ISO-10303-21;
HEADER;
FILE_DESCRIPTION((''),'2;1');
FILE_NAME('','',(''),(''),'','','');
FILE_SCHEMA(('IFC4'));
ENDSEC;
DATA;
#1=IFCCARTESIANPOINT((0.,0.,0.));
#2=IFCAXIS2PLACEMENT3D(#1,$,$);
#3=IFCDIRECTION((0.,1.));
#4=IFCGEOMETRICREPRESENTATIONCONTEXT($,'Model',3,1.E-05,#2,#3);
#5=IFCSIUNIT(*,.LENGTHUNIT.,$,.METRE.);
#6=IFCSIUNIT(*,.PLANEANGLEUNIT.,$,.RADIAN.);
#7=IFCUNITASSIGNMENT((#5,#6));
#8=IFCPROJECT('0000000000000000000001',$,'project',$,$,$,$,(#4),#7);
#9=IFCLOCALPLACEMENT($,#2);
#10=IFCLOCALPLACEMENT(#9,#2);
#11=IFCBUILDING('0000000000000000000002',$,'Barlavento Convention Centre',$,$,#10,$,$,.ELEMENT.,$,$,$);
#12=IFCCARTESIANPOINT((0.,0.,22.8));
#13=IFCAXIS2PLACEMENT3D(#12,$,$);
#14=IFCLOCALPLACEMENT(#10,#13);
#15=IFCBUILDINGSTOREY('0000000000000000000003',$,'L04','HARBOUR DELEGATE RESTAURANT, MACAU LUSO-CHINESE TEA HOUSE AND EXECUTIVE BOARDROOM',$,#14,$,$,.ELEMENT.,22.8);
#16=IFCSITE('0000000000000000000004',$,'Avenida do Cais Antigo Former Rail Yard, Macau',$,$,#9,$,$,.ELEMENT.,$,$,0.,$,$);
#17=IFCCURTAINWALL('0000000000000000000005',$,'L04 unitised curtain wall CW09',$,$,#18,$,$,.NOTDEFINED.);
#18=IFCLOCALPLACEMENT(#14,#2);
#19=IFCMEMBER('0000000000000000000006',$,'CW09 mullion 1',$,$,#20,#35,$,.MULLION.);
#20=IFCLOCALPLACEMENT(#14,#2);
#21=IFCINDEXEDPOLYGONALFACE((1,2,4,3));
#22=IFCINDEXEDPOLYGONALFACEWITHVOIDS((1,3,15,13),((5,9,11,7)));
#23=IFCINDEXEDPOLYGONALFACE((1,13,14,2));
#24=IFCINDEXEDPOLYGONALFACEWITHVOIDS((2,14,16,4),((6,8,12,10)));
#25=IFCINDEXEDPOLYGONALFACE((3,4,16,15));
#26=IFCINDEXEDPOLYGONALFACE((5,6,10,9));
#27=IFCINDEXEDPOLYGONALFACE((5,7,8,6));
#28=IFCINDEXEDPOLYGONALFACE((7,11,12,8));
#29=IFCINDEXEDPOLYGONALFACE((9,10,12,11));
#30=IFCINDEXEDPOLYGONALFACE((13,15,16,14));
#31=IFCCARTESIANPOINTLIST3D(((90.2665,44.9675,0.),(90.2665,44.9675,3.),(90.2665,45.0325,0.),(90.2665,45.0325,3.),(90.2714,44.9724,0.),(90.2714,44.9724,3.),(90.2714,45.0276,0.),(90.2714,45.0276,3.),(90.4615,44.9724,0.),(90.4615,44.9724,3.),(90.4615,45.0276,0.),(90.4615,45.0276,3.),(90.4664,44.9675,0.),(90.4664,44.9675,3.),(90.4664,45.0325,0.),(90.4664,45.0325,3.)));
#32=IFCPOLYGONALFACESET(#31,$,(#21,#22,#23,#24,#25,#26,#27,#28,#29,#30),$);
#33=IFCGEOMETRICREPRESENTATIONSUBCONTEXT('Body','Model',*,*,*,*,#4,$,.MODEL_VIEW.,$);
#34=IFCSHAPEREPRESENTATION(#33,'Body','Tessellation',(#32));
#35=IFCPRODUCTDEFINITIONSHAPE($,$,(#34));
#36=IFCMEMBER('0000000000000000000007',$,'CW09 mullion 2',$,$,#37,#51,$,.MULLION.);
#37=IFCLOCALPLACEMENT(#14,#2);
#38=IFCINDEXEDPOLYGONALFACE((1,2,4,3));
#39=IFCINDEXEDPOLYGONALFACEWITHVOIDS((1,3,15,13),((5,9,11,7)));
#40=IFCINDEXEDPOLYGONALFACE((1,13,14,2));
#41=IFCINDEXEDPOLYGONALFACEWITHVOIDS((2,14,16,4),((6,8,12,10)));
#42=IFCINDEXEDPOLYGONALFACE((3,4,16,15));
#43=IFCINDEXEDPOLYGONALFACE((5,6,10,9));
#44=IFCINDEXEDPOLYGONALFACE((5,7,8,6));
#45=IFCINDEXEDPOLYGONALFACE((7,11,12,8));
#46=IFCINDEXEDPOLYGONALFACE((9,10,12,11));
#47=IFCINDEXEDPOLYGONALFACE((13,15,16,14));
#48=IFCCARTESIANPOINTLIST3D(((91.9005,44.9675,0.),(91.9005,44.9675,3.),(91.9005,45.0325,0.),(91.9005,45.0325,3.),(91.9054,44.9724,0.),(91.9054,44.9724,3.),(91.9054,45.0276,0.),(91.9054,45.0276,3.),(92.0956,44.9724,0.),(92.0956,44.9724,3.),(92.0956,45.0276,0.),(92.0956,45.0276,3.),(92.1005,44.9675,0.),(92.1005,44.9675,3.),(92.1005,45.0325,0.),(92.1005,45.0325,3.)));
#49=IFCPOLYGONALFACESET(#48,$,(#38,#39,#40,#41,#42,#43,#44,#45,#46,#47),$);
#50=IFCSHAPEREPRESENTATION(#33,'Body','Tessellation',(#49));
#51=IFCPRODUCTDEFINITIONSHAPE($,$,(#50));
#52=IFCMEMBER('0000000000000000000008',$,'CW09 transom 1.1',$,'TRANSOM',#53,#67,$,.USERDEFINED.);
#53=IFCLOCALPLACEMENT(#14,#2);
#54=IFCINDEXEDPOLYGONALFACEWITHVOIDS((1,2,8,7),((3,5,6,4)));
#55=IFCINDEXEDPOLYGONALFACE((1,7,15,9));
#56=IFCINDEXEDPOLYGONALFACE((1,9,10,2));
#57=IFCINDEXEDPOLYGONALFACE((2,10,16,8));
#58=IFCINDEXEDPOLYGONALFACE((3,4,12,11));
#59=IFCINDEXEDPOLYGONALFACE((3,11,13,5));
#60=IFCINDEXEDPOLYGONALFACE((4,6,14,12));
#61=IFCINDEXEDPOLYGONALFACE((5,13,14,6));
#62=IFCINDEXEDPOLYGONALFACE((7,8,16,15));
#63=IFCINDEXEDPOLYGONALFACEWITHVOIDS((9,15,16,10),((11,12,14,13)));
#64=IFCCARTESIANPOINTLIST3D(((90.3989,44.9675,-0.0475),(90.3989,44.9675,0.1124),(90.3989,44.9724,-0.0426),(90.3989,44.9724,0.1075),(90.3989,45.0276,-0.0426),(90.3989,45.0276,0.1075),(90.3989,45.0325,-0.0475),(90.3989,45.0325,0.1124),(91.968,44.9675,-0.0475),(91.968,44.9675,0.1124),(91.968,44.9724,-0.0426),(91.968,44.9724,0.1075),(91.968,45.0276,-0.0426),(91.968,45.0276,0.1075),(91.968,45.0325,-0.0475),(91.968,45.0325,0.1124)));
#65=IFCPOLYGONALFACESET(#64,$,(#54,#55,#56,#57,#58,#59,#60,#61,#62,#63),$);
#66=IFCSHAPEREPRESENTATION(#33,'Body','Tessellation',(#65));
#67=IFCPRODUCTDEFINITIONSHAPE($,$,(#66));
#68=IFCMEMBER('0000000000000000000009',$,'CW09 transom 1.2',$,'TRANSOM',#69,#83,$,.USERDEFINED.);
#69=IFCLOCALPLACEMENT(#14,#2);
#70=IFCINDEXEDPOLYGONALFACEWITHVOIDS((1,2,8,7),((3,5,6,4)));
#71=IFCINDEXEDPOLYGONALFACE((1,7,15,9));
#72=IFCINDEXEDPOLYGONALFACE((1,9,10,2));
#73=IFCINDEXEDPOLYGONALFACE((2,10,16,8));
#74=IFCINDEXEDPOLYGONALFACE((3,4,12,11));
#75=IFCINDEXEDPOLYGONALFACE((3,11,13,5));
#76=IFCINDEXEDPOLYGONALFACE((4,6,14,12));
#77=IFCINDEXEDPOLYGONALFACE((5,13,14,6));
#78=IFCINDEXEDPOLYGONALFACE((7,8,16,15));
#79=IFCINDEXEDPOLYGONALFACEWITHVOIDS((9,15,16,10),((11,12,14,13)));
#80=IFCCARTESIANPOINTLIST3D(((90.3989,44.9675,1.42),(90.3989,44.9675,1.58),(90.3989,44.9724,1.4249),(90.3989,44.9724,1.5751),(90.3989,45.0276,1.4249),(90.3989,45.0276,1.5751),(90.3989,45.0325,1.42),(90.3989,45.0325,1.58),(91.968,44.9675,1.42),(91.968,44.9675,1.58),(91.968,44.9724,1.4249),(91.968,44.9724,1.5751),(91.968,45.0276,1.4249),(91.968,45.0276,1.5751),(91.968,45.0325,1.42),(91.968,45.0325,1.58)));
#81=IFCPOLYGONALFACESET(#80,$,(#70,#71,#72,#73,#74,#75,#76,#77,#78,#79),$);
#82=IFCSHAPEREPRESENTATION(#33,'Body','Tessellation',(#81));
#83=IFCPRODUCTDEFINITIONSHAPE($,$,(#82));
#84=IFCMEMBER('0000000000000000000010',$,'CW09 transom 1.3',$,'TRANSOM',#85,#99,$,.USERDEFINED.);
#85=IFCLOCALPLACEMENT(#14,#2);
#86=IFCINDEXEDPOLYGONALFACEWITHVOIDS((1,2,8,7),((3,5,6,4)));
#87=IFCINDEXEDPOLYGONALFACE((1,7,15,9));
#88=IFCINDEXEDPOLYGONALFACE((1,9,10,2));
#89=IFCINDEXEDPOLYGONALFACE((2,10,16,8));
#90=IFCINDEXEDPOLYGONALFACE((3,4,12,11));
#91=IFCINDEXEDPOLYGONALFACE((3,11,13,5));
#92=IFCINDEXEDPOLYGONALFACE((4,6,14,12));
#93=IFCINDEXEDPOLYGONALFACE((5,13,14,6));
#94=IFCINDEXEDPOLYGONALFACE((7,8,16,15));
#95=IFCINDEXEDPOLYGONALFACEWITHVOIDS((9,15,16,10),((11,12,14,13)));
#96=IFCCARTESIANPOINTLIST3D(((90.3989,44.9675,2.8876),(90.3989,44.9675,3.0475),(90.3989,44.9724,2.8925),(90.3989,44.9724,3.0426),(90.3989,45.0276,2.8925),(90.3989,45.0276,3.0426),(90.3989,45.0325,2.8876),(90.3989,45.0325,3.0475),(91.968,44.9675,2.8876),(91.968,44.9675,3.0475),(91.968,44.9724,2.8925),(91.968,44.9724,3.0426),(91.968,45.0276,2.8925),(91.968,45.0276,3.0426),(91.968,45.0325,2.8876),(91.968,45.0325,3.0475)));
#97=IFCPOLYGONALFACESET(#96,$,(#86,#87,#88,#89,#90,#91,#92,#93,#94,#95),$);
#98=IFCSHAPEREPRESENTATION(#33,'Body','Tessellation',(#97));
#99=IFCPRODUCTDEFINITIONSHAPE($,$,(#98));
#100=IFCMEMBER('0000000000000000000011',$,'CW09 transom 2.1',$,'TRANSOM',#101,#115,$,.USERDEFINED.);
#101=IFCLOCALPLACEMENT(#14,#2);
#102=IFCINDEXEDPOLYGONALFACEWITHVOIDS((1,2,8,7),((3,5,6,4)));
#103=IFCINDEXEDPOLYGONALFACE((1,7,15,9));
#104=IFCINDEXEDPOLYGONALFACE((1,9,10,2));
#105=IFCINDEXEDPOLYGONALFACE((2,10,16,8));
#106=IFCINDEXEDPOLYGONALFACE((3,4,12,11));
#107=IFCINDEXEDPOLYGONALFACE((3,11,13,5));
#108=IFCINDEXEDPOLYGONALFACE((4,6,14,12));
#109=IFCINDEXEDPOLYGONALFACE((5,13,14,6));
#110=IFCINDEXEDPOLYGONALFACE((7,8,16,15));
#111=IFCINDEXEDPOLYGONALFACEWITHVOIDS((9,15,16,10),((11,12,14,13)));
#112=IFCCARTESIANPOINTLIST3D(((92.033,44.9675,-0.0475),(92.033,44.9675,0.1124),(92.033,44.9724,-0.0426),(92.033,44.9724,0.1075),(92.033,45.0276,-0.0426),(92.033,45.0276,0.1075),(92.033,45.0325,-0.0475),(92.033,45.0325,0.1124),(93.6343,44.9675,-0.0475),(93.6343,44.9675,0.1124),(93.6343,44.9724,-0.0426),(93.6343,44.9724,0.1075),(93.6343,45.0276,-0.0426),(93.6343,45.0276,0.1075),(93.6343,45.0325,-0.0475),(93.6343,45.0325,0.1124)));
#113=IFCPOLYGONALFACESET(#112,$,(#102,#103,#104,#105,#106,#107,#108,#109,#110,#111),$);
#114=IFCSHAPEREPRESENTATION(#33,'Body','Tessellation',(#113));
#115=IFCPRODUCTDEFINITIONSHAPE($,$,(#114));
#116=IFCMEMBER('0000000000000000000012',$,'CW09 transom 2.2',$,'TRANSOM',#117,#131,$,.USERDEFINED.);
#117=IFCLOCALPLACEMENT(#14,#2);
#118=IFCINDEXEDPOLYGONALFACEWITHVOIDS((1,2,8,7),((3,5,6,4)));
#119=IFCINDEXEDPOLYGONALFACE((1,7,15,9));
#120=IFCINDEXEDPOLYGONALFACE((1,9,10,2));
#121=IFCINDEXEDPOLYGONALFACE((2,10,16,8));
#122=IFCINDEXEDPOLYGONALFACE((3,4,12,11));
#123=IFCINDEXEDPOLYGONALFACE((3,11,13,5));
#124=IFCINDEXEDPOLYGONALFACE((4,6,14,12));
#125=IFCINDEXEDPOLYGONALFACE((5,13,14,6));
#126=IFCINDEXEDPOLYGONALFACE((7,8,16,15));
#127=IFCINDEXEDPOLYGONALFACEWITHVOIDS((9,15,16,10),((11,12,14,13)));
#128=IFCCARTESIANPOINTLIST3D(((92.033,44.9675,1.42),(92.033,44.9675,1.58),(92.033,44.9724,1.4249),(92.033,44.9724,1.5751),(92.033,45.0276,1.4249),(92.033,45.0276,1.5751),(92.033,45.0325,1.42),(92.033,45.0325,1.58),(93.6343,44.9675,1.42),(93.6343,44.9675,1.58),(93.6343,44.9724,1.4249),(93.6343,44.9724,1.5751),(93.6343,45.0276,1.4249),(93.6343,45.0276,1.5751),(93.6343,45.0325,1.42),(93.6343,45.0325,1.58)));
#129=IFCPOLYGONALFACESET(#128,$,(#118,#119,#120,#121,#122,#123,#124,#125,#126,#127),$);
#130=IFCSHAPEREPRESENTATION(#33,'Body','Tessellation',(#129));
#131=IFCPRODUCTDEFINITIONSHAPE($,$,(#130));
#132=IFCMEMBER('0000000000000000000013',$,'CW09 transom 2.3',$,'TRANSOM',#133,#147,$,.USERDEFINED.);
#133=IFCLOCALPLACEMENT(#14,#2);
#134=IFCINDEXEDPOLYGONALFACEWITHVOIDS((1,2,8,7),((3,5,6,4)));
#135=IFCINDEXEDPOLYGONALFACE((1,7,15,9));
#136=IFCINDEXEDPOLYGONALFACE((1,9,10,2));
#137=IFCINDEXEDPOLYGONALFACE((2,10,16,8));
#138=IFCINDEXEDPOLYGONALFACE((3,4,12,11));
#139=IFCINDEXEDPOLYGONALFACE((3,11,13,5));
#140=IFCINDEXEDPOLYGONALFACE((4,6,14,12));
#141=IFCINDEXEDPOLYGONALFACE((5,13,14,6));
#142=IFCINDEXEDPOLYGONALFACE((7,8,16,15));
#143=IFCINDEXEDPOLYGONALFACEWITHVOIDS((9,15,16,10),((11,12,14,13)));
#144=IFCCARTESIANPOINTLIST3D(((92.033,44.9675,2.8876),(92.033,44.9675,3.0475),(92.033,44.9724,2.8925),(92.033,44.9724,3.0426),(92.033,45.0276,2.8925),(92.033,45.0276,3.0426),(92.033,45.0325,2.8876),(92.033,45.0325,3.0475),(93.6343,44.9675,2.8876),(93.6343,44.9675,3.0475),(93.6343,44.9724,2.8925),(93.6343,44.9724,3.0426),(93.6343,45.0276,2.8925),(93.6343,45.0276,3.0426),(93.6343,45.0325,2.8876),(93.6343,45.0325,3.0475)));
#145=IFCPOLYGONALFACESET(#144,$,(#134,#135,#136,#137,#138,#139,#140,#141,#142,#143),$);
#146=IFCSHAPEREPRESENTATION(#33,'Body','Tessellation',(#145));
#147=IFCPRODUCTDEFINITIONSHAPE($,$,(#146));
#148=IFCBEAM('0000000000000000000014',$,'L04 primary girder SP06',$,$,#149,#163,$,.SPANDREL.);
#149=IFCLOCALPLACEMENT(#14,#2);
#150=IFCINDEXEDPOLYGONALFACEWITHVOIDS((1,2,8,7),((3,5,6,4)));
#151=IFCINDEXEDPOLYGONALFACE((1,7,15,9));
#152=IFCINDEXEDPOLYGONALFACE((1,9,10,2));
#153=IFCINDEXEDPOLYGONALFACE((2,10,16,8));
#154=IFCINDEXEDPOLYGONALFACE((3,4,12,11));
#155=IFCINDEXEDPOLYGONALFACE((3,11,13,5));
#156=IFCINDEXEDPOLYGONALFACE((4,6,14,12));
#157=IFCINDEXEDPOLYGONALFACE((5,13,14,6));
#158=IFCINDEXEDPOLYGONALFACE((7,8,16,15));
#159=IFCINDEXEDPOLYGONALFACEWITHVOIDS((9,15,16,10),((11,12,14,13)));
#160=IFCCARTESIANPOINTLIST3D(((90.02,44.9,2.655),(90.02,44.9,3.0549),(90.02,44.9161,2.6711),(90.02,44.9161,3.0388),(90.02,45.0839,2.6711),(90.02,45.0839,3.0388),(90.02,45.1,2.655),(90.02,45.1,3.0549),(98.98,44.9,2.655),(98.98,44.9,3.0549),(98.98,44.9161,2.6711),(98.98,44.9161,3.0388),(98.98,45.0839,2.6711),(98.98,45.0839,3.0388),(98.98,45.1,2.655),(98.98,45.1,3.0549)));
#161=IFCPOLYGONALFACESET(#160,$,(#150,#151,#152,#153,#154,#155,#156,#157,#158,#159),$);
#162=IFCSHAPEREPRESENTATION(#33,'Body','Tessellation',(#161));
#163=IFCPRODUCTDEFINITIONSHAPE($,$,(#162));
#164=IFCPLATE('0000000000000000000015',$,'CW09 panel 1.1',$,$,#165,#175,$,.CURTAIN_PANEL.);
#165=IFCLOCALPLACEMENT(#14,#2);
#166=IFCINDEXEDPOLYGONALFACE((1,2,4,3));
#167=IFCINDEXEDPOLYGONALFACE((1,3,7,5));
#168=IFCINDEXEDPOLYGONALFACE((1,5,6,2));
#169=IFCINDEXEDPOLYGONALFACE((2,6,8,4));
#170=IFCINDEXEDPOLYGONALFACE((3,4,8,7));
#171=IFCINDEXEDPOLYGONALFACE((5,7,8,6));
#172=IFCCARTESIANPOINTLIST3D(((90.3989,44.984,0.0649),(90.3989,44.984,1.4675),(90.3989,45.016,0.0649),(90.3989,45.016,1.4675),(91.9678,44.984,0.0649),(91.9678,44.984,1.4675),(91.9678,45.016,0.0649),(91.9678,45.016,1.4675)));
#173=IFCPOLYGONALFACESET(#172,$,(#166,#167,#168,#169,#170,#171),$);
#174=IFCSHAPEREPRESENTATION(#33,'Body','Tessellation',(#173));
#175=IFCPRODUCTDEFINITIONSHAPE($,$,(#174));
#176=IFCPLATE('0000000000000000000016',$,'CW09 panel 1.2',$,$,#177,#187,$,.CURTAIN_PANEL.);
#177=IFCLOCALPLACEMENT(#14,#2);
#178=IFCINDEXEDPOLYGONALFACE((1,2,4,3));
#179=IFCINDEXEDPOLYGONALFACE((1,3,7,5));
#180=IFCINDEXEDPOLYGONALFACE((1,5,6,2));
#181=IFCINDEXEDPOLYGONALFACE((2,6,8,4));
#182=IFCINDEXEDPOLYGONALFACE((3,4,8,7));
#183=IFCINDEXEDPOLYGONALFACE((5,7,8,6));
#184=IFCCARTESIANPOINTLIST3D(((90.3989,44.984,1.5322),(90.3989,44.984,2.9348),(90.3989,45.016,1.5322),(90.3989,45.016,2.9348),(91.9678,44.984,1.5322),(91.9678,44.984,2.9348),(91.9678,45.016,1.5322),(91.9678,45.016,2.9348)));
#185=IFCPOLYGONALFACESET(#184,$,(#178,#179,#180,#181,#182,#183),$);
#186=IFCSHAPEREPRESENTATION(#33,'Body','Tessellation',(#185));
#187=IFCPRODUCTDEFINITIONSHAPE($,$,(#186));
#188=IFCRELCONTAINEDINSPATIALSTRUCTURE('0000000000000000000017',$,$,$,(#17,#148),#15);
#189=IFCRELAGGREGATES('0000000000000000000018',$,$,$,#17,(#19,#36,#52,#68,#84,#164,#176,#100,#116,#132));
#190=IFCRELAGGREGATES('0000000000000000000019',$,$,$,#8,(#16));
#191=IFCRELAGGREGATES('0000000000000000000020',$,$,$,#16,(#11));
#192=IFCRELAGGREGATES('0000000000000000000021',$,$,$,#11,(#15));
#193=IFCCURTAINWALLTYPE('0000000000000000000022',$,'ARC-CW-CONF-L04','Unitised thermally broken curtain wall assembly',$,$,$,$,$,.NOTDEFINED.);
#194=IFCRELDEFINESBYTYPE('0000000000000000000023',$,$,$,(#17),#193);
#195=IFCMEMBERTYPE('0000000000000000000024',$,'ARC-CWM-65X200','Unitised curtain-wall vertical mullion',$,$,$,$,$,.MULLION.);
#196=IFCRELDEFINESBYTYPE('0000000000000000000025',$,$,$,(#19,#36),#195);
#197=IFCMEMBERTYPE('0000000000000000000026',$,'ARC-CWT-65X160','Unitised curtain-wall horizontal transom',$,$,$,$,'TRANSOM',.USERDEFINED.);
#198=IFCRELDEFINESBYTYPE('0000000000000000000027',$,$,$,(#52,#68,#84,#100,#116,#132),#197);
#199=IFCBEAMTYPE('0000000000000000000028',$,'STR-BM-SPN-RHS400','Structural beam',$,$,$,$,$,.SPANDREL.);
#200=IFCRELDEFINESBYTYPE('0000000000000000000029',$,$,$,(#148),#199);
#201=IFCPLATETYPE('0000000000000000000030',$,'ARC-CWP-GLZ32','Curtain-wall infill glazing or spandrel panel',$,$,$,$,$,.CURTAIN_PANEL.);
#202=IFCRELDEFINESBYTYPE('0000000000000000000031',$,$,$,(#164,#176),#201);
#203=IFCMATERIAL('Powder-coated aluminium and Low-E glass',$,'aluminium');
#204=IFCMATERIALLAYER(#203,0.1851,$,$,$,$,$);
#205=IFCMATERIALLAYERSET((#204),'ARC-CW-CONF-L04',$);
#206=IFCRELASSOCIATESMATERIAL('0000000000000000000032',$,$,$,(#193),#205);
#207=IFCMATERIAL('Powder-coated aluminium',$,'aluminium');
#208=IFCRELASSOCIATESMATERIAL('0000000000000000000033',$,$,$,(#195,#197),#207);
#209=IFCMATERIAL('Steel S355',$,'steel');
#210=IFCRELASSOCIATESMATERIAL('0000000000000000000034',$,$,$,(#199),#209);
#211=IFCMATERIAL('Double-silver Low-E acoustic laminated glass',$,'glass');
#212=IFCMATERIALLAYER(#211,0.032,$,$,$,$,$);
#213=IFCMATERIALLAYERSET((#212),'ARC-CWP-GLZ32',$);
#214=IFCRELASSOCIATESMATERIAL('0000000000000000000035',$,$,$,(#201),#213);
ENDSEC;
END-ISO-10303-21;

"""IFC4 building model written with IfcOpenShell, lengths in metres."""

from ifc_helpers import new_model, si_unit, direction, frame, origin, origin_2d, place, context, subcontext, project, spatial, rectangle, hollow_rectangle, extrude, material, layer, layer_set, material_profile, profile_set, type_object, element, aggregate, save


model = new_model("IFC4")

# Units and contexts
model_context = context("Model", 3, precision=1e-05, world=origin(), true_north=direction((0.0, 1.0)))
body_context = subcontext(model_context, "Body", "Model", "MODEL_VIEW")
ifc_project = project(units=[si_unit("LENGTHUNIT", "METRE"), si_unit("PLANEANGLEUNIT", "RADIAN")], contexts=[model_context])

# Site, building, storey
site_placement = place(None, origin())
site = spatial("IfcSite", under=ifc_project, at=site_placement, Name="Avenida do Cais Antigo Former Rail Yard, Macau", CompositionType="ELEMENT", RefElevation=0.0)
building_placement = place(site_placement, origin())
building = spatial("IfcBuilding", under=site, at=building_placement, Name="Barlavento Convention Centre", CompositionType="ELEMENT")
storey_placement = place(building_placement, frame((0.0, 0.0, 22.8)))
storey = spatial("IfcBuildingStorey", under=building, at=storey_placement, Name="L04", Description="HARBOUR DELEGATE RESTAURANT, MACAU LUSO-CHINESE TEA HOUSE AND EXECUTIVE BOARDROOM", CompositionType="ELEMENT", Elevation=22.8)

# Curtain wall, members
ifc_material_1 = material(Name="Powder-coated aluminium and Low-E glass", Category="aluminium")
ifc_layer_1 = layer(ifc_material_1, 0.1851)
ifc_layer_set_1 = layer_set([ifc_layer_1], Name="ARC-CW-CONF-L04")
curtain_wall_type = type_object("IfcCurtainWallType", Name="ARC-CW-CONF-L04", Description="Unitised thermally broken curtain wall assembly", PredefinedType="NOTDEFINED", material=ifc_layer_set_1)
curtain_wall_placement = place(storey_placement, origin())
curtain_wall = element("IfcCurtainWall", 1, at=curtain_wall_placement, inside=storey, type_object=curtain_wall_type, Name="L04 unitised curtain wall CW09", PredefinedType="NOTDEFINED")
ifc_material_2 = material(Name="Powder-coated aluminium", Category="aluminium")
ifc_material_profile_1 = material_profile(ifc_material_2, hollow_rectangle(XDim=0.0649, YDim=0.2, WallThickness=0.0049, at=origin_2d()), Name="AL-MULL 65x200x5")
ifc_profile_set_1 = profile_set([ifc_material_profile_1], Name="Powder-coated aluminium")
member_type_1 = type_object("IfcMemberType", Name="ARC-CWM-65X200", Description="Unitised curtain-wall vertical mullion", PredefinedType="MULLION", material=ifc_profile_set_1)
member_1_placement = place(storey_placement, frame((90.3665, 45.0, 0.0), z_axis=(0.0, 0.0, 1.0), x_axis=(0.0, 1.0, 0.0)))
member_1 = element("IfcMember", 2, at=member_1_placement, type_object=member_type_1, Name="CW09 mullion 1", PredefinedType="MULLION", context=body_context, shape_type="SweptSolid", body=[
    extrude(hollow_rectangle(XDim=0.0649, YDim=0.2, WallThickness=0.0049, at=origin_2d()), origin(), (0.0, 0.0, 1.0), 3.0),
])
member_2_placement = place(storey_placement, frame((92.0005, 45.0, 0.0), z_axis=(0.0, 0.0, 1.0), x_axis=(0.0, 1.0, 0.0)))
member_2 = element("IfcMember", 3, at=member_2_placement, type_object=member_type_1, Name="CW09 mullion 2", PredefinedType="MULLION", context=body_context, shape_type="SweptSolid", body=[
    extrude(hollow_rectangle(XDim=0.0649, YDim=0.2, WallThickness=0.0049, at=origin_2d()), origin(), (0.0, 0.0, 1.0), 3.0),
])
ifc_material_profile_2 = material_profile(ifc_material_2, hollow_rectangle(XDim=0.0649, YDim=0.1599, WallThickness=0.0049, at=origin_2d()), Name="AL-TRAN 65x160x5")
ifc_profile_set_2 = profile_set([ifc_material_profile_2], Name="Powder-coated aluminium")
member_type_2 = type_object("IfcMemberType", Name="ARC-CWT-65X160", Description="Unitised curtain-wall horizontal transom", ElementType="TRANSOM", PredefinedType="USERDEFINED", material=ifc_profile_set_2)
member_3_placement = place(storey_placement, frame((90.3989, 45.0, 0.0325), z_axis=(1.0, 0.0, 0.0), x_axis=(0.0, 1.0, 0.0)))
member_3 = element("IfcMember", 4, at=member_3_placement, type_object=member_type_2, Name="CW09 transom 1.1", ObjectType="TRANSOM", PredefinedType="USERDEFINED", context=body_context, shape_type="SweptSolid", body=[
    extrude(hollow_rectangle(XDim=0.0649, YDim=0.1599, WallThickness=0.0049, at=origin_2d()), origin(), (0.0, 0.0, 1.0), 1.5691),
])
member_4_placement = place(storey_placement, frame((90.3989, 45.0, 1.5), z_axis=(1.0, 0.0, 0.0), x_axis=(0.0, 1.0, 0.0)))
member_4 = element("IfcMember", 5, at=member_4_placement, type_object=member_type_2, Name="CW09 transom 1.2", ObjectType="TRANSOM", PredefinedType="USERDEFINED", context=body_context, shape_type="SweptSolid", body=[
    extrude(hollow_rectangle(XDim=0.0649, YDim=0.1599, WallThickness=0.0049, at=origin_2d()), origin(), (0.0, 0.0, 1.0), 1.5691),
])
member_5_placement = place(storey_placement, frame((90.3989, 45.0, 2.9675), z_axis=(1.0, 0.0, 0.0), x_axis=(0.0, 1.0, 0.0)))
member_5 = element("IfcMember", 6, at=member_5_placement, type_object=member_type_2, Name="CW09 transom 1.3", ObjectType="TRANSOM", PredefinedType="USERDEFINED", context=body_context, shape_type="SweptSolid", body=[
    extrude(hollow_rectangle(XDim=0.0649, YDim=0.1599, WallThickness=0.0049, at=origin_2d()), origin(), (0.0, 0.0, 1.0), 1.5691),
])
member_6_placement = place(storey_placement, frame((92.033, 45.0, 0.0325), z_axis=(1.0, 0.0, 0.0), x_axis=(0.0, 1.0, 0.0)))
member_6 = element("IfcMember", 7, at=member_6_placement, type_object=member_type_2, Name="CW09 transom 2.1", ObjectType="TRANSOM", PredefinedType="USERDEFINED", context=body_context, shape_type="SweptSolid", body=[
    extrude(hollow_rectangle(XDim=0.0649, YDim=0.1599, WallThickness=0.0049, at=origin_2d()), origin(), (0.0, 0.0, 1.0), 1.6013),
])
member_7_placement = place(storey_placement, frame((92.033, 45.0, 1.5), z_axis=(1.0, 0.0, 0.0), x_axis=(0.0, 1.0, 0.0)))
member_7 = element("IfcMember", 8, at=member_7_placement, type_object=member_type_2, Name="CW09 transom 2.2", ObjectType="TRANSOM", PredefinedType="USERDEFINED", context=body_context, shape_type="SweptSolid", body=[
    extrude(hollow_rectangle(XDim=0.0649, YDim=0.1599, WallThickness=0.0049, at=origin_2d()), origin(), (0.0, 0.0, 1.0), 1.6013),
])
member_8_placement = place(storey_placement, frame((92.033, 45.0, 2.9675), z_axis=(1.0, 0.0, 0.0), x_axis=(0.0, 1.0, 0.0)))
member_8 = element("IfcMember", 9, at=member_8_placement, type_object=member_type_2, Name="CW09 transom 2.3", ObjectType="TRANSOM", PredefinedType="USERDEFINED", context=body_context, shape_type="SweptSolid", body=[
    extrude(hollow_rectangle(XDim=0.0649, YDim=0.1599, WallThickness=0.0049, at=origin_2d()), origin(), (0.0, 0.0, 1.0), 1.6013),
])

# Beam
ifc_material_3 = material(Name="Steel S355", Category="steel")
ifc_material_profile_3 = material_profile(ifc_material_3, hollow_rectangle(XDim=0.2, YDim=0.3999, WallThickness=0.0161, at=origin_2d()), Name="RHS 400x200x16.0")
ifc_profile_set_3 = profile_set([ifc_material_profile_3], Name="Steel S355")
beam_type = type_object("IfcBeamType", Name="STR-BM-SPN-RHS400", Description="Structural beam", PredefinedType="SPANDREL", material=ifc_profile_set_3)
beam_placement = place(storey_placement, frame((90.02, 45.0, 2.855), z_axis=(1.0, 0.0, 0.0), x_axis=(0.0, 1.0, 0.0)))
element("IfcBeam", 10, at=beam_placement, inside=storey, type_object=beam_type, Name="L04 primary girder SP06", PredefinedType="SPANDREL", context=body_context, shape_type="SweptSolid", body=[
    extrude(hollow_rectangle(XDim=0.2, YDim=0.3999, WallThickness=0.0161, at=origin_2d()), origin(), (0.0, 0.0, 1.0), 8.96),
])

# Plates
ifc_material_4 = material(Name="Double-silver Low-E acoustic laminated glass", Category="glass")
ifc_layer_2 = layer(ifc_material_4, 0.032)
ifc_layer_set_2 = layer_set([ifc_layer_2], Name="ARC-CWP-GLZ32")
plate_type = type_object("IfcPlateType", Name="ARC-CWP-GLZ32", Description="Curtain-wall infill glazing or spandrel panel", PredefinedType="CURTAIN_PANEL", material=ifc_layer_set_2)
plate_1_placement = place(storey_placement, frame((91.1833, 45.0, 0.0649), z_axis=(0.0, 0.0, 1.0), x_axis=(1.0, 0.0, 0.0)))
plate_1 = element("IfcPlate", 11, at=plate_1_placement, type_object=plate_type, Name="CW09 panel 1.1", PredefinedType="CURTAIN_PANEL", context=body_context, shape_type="SweptSolid", body=[
    extrude(rectangle(XDim=1.5688, YDim=0.032, at=origin_2d()), origin(), (0.0, 0.0, 1.0), 1.4026),
])
plate_2_placement = place(storey_placement, frame((91.1833, 45.0, 1.5322), z_axis=(0.0, 0.0, 1.0), x_axis=(1.0, 0.0, 0.0)))
plate_2 = element("IfcPlate", 12, at=plate_2_placement, type_object=plate_type, Name="CW09 panel 1.2", PredefinedType="CURTAIN_PANEL", context=body_context, shape_type="SweptSolid", body=[
    extrude(rectangle(XDim=1.5688, YDim=0.032, at=origin_2d()), origin(), (0.0, 0.0, 1.0), 1.4026),
])
aggregate(curtain_wall, [member_1, member_2, member_3, member_4, member_5, plate_1, plate_2, member_6, member_7, member_8])

save(model, "model.ifc")
